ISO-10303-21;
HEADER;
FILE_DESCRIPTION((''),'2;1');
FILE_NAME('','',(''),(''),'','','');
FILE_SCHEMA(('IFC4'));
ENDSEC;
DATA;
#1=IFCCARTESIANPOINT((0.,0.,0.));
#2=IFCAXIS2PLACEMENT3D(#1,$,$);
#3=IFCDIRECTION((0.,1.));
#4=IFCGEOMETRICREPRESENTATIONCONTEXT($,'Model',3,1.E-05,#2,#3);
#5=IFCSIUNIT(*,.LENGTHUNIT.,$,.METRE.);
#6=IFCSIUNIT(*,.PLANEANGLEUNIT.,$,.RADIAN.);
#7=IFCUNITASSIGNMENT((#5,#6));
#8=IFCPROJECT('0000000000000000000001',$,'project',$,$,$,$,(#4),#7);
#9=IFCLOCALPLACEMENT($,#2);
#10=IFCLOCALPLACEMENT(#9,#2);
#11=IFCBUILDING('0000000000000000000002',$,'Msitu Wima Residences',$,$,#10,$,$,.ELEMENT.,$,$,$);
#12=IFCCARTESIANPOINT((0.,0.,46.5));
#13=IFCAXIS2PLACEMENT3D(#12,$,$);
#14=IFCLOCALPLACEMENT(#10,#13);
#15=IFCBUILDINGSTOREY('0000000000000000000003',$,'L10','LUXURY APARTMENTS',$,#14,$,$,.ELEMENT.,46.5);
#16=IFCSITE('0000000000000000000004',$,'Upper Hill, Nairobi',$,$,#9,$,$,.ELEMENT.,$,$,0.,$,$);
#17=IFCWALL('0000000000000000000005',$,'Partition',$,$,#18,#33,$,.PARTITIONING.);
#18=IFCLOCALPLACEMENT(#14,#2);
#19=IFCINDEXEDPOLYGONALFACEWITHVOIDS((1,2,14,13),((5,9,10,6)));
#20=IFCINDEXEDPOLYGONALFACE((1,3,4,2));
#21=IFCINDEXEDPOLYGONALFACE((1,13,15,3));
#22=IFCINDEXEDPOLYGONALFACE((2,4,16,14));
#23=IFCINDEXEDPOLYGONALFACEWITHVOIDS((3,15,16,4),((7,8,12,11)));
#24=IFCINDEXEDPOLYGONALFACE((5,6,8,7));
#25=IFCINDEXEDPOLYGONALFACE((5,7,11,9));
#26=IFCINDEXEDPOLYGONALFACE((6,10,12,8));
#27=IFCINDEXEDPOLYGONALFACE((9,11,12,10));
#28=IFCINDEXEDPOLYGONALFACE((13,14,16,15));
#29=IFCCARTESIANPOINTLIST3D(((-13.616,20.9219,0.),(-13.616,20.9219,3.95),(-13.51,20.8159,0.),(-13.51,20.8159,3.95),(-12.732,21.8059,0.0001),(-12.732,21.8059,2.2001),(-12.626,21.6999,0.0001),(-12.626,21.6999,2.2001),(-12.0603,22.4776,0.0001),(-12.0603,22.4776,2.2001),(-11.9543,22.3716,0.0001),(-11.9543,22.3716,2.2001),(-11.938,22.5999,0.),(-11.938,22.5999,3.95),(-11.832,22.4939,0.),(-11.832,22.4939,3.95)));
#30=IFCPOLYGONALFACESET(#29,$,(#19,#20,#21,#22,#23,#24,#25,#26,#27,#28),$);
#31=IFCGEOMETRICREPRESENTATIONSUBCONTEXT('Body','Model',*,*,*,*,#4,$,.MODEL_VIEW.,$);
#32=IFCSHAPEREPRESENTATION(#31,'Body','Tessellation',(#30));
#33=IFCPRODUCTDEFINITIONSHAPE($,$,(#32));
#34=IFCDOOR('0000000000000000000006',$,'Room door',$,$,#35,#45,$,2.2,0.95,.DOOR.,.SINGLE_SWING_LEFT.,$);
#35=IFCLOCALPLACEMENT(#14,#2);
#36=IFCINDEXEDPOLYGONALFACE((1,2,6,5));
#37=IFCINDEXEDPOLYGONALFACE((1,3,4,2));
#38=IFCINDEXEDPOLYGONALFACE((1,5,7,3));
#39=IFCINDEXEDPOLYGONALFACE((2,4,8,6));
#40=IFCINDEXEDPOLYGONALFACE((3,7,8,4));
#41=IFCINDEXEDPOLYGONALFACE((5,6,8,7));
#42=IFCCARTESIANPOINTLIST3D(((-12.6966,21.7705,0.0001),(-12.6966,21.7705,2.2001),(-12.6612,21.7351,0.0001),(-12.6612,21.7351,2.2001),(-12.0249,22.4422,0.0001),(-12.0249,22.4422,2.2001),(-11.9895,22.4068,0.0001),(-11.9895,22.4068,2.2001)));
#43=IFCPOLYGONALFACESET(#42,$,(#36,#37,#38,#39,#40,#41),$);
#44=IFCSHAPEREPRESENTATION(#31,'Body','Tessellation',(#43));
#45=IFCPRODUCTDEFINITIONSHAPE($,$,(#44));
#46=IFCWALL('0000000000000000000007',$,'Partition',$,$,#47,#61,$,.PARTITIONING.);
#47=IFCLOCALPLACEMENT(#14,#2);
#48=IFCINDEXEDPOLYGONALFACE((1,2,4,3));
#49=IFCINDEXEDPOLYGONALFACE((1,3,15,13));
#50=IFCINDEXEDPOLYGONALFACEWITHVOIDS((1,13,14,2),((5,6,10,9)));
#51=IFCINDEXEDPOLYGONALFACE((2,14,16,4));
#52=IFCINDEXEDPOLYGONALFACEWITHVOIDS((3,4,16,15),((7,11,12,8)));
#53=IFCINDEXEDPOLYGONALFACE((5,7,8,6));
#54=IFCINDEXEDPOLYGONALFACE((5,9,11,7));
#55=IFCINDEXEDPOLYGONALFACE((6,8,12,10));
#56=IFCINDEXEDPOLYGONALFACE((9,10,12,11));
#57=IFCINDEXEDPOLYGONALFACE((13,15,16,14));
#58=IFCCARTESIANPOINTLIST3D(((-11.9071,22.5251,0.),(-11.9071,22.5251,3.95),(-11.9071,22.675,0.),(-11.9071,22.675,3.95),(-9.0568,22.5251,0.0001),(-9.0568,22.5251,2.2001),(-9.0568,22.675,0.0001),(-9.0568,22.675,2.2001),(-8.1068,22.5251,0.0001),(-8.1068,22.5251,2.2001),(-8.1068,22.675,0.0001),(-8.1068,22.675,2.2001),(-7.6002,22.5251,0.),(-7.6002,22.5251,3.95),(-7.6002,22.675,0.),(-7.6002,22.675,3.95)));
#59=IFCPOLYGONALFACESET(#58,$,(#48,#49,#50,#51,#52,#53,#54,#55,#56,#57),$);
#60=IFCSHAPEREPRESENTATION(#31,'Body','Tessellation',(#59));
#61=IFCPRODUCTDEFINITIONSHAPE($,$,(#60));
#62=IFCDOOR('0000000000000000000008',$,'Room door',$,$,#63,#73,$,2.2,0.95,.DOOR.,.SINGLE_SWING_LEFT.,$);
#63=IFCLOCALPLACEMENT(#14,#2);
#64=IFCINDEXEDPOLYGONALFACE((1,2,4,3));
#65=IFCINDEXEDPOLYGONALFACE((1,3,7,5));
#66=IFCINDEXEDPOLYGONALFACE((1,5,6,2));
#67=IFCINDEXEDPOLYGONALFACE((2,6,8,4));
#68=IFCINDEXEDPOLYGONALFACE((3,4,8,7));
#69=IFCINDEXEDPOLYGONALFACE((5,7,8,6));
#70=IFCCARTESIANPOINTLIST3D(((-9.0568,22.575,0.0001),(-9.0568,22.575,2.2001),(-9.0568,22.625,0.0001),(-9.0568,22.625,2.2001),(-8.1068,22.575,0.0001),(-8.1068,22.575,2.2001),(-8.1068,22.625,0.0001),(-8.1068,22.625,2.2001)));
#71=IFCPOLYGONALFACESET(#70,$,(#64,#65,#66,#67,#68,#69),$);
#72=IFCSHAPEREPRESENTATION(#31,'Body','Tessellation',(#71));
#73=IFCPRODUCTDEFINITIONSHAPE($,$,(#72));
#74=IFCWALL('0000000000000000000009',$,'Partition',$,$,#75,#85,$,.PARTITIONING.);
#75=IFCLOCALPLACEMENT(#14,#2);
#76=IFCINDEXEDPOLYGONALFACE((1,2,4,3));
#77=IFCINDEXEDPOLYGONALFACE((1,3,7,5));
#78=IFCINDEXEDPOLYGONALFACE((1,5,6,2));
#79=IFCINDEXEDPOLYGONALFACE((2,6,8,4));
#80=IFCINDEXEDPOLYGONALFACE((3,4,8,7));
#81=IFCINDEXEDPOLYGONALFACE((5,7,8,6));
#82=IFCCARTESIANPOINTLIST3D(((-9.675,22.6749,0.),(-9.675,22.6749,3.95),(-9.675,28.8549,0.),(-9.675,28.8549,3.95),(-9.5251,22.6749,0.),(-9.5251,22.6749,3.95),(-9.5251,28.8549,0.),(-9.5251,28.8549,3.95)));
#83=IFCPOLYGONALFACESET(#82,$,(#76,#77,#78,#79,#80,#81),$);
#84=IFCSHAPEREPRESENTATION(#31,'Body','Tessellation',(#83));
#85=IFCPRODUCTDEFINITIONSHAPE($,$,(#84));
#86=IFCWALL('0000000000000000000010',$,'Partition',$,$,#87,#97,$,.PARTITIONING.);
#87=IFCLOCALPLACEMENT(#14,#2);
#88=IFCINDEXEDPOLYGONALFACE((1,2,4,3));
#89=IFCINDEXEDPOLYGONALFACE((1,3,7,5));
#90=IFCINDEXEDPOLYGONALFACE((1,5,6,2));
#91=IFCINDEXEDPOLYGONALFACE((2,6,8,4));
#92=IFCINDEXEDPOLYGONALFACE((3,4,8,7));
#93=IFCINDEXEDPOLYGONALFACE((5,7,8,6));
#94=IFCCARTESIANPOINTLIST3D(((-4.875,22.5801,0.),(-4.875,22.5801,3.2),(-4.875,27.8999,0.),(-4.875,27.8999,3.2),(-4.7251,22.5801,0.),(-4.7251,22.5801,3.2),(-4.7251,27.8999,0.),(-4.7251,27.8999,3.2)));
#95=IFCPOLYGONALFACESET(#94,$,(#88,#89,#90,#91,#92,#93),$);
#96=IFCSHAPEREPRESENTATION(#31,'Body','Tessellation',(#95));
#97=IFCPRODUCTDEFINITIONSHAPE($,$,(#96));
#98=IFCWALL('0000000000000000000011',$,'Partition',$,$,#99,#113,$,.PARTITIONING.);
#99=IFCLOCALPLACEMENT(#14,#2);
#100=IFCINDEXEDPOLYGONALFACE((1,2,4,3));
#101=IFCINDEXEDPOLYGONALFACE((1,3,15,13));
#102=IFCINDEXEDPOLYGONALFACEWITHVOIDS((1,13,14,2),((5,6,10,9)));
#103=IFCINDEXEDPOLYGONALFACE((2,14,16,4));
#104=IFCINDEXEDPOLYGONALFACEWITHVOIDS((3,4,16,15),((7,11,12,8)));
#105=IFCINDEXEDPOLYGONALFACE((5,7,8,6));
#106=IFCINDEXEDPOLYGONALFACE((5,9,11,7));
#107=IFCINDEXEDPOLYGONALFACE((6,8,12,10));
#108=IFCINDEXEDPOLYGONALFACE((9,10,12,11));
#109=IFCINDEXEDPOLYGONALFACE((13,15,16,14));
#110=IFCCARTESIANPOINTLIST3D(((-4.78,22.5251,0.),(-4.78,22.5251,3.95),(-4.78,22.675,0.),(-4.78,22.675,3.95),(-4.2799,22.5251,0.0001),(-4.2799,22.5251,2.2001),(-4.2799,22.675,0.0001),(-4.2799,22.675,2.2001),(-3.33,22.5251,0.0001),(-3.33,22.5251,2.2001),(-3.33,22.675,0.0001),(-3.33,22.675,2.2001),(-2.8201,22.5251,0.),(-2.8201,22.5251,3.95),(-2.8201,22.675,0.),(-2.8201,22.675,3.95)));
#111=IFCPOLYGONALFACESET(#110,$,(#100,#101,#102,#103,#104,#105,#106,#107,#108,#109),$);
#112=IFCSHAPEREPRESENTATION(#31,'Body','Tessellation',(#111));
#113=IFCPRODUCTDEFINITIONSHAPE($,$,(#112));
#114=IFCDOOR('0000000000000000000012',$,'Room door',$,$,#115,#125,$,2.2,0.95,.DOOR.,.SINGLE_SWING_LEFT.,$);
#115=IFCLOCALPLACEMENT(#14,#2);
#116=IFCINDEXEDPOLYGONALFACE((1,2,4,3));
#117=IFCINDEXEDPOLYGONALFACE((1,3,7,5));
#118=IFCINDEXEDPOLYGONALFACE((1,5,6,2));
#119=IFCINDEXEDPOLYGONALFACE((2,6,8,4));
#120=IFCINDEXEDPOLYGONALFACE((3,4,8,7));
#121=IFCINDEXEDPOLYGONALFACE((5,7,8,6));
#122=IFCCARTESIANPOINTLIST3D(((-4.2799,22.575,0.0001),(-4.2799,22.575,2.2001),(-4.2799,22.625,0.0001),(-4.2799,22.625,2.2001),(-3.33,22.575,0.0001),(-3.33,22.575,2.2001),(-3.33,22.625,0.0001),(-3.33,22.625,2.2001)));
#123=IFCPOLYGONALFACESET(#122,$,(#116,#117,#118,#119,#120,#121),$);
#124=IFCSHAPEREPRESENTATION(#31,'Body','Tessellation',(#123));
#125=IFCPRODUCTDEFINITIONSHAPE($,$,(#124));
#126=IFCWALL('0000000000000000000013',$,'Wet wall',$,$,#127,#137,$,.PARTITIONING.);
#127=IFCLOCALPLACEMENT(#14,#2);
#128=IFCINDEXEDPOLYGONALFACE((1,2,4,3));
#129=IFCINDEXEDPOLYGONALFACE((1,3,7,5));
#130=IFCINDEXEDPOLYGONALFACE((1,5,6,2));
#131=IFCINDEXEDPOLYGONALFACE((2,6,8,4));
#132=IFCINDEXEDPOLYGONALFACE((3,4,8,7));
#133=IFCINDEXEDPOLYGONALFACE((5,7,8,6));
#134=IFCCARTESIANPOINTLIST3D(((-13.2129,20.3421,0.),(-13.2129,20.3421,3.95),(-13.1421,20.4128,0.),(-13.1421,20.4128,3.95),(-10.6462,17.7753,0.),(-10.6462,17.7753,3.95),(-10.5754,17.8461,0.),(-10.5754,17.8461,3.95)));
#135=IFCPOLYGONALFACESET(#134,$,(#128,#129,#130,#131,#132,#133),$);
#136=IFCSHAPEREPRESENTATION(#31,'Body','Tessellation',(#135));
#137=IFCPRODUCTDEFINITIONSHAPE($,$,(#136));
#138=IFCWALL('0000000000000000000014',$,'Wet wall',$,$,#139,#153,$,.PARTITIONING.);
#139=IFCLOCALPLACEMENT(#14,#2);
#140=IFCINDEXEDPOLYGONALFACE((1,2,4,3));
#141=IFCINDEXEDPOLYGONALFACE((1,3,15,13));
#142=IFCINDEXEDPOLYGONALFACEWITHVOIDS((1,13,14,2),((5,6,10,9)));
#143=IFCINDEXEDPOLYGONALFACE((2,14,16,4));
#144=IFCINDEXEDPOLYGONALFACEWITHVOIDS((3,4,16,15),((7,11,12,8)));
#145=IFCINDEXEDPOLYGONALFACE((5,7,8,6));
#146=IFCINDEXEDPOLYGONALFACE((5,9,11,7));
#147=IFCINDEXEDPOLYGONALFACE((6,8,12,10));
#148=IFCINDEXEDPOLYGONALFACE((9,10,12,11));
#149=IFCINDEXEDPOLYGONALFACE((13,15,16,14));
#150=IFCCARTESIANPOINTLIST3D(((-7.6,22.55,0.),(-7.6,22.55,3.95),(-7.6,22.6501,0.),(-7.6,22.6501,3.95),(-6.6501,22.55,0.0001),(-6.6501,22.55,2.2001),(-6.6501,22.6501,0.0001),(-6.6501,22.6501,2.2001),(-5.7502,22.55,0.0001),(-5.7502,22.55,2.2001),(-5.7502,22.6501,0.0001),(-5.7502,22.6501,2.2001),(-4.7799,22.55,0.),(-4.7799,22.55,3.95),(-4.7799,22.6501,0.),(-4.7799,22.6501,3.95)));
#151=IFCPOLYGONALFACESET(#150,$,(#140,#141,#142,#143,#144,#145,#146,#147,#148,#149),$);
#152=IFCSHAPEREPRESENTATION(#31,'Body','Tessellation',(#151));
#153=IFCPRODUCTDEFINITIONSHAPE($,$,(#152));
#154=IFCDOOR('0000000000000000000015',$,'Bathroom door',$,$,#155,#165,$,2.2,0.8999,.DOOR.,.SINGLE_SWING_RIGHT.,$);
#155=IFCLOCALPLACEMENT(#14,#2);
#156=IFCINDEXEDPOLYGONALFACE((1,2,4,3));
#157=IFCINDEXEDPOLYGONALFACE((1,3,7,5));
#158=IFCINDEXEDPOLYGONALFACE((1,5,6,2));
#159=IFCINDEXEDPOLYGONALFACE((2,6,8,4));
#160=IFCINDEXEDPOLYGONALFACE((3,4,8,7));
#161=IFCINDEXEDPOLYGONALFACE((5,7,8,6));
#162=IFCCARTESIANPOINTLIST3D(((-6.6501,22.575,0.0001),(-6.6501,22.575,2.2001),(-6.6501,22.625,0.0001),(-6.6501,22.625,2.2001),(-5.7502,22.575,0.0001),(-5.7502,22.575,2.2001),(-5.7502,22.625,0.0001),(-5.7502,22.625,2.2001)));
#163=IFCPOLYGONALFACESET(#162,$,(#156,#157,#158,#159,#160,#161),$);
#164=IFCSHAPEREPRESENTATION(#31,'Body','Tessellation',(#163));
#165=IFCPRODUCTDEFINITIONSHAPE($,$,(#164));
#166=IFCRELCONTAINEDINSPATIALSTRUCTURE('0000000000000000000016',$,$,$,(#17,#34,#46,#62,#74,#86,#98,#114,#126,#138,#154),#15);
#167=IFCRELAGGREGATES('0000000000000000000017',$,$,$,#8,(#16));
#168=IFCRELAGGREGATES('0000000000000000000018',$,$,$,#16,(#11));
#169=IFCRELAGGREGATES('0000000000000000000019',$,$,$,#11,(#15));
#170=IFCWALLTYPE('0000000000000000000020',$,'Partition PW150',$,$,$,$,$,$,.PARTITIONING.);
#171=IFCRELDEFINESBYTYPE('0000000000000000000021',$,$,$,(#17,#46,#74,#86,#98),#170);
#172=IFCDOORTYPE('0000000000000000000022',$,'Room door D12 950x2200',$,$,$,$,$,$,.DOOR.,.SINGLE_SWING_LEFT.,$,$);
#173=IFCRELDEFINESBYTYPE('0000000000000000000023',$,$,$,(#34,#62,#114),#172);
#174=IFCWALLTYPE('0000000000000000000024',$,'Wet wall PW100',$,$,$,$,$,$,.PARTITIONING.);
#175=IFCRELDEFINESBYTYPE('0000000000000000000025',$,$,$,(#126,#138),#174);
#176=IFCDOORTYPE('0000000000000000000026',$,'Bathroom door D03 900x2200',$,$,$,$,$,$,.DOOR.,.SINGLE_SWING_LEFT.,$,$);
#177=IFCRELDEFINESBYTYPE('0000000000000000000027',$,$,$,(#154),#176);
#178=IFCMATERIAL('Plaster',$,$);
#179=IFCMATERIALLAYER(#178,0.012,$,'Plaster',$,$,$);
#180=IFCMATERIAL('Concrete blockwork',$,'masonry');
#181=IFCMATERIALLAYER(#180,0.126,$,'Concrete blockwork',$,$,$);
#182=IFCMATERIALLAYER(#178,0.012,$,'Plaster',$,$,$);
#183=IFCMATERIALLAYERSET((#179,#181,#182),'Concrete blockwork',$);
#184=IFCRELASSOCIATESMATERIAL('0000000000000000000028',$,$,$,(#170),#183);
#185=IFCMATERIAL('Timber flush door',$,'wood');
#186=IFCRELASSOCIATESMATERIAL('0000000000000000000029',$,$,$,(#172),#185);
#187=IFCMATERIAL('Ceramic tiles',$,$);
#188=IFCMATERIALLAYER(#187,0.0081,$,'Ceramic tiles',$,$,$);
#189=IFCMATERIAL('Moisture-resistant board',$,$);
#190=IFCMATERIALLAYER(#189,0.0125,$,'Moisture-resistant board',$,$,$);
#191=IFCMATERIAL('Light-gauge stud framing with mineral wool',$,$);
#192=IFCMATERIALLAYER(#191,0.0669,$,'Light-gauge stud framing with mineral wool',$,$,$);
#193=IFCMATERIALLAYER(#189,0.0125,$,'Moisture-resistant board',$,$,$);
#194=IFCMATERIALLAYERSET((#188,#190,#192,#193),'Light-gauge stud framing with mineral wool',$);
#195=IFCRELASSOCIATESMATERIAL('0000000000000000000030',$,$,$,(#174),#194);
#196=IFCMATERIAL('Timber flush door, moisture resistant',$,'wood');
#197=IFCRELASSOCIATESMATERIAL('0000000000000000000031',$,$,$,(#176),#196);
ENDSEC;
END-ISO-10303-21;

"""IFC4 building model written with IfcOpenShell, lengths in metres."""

from ifc_helpers import new_model, si_unit, direction, frame, frame_2d, origin, place, context, subcontext, project, spatial, rectangle, extrude, material, layer, layer_set, type_object, element, fill, save


model = new_model("IFC4")

# Units and contexts
model_context = context("Model", 3, precision=1e-05, world=origin(), true_north=direction((0.0, 1.0)))
body_context = subcontext(model_context, "Body", "Model", "MODEL_VIEW")
ifc_project = project(units=[si_unit("LENGTHUNIT", "METRE"), si_unit("PLANEANGLEUNIT", "RADIAN")], contexts=[model_context])

# Site, building, storey
site_placement = place(None, origin())
site = spatial("IfcSite", under=ifc_project, at=site_placement, Name="Upper Hill, Nairobi", CompositionType="ELEMENT", RefElevation=0.0)
building_placement = place(site_placement, origin())
building = spatial("IfcBuilding", under=site, at=building_placement, Name="Msitu Wima Residences", CompositionType="ELEMENT")
storey_placement = place(building_placement, frame((0.0, 0.0, 46.5)))
storey = spatial("IfcBuildingStorey", under=building, at=storey_placement, Name="L10", Description="LUXURY APARTMENTS", CompositionType="ELEMENT", Elevation=46.5)

# Walls, openings, doors
ifc_material_1 = material(Name="Plaster")
ifc_layer_1 = layer(ifc_material_1, 0.012, Name="Plaster")
ifc_material_2 = material(Name="Concrete blockwork", Category="masonry")
ifc_layer_2 = layer(ifc_material_2, 0.126, Name="Concrete blockwork")
ifc_layer_3 = layer(ifc_material_1, 0.012, Name="Plaster")
ifc_layer_set_1 = layer_set([ifc_layer_1, ifc_layer_2, ifc_layer_3], Name="Concrete blockwork")
wall_type_1 = type_object("IfcWallType", Name="Partition PW150", PredefinedType="PARTITIONING", material=ifc_layer_set_1)
wall_1_placement = place(storey_placement, frame((-13.563, 20.8689, 0.0), z_axis=(0.0, 0.0, 1.0), x_axis=(0.707107, 0.707107, 0.0)))
wall_1 = element("IfcWall", 1, at=wall_1_placement, inside=storey, type_object=wall_type_1, Name="Partition", PredefinedType="PARTITIONING", context=body_context, shape_type="SweptSolid", body=[
    extrude(rectangle(XDim=2.373, YDim=0.1499, at=frame_2d((1.1865, 0.0))), origin(), (0.0, 0.0, 1.0), 3.95),
])
opening_1_placement = place(wall_1_placement, frame((1.25, 0.0, 0.0)))
opening_1 = element("IfcOpeningElement", 2, at=opening_1_placement, cuts=wall_1, PredefinedType="OPENING", context=body_context, shape_type="SweptSolid", body=[
    extrude(rectangle(XDim=0.95, YDim=2.2, at=frame_2d((0.4751, 1.1001))), frame((0.0, 0.085, 0.0), z_axis=(0.0, -1.0, 0.0), x_axis=(1.0, 0.0, 0.0)), (0.0, 0.0, 1.0), 0.1699),
])
ifc_material_3 = material(Name="Timber flush door", Category="wood")
door_type_1 = type_object("IfcDoorType", Name="Room door D12 950x2200", OperationType="SINGLE_SWING_LEFT", PredefinedType="DOOR", material=ifc_material_3)
door_1_placement = place(opening_1_placement, origin())
door_1 = element("IfcDoor", 3, at=door_1_placement, inside=storey, type_object=door_type_1, Name="Room door", OperationType="SINGLE_SWING_LEFT", OverallHeight=2.2, OverallWidth=0.95, PredefinedType="DOOR", context=body_context, shape_type="SweptSolid", body=[
    extrude(rectangle(XDim=0.95, YDim=2.2, at=frame_2d((0.4751, 1.1001))), frame((0.0, 0.0249, 0.0), z_axis=(0.0, -1.0, 0.0), x_axis=(1.0, 0.0, 0.0)), (0.0, 0.0, 1.0), 0.05),
])
fill(opening_1, door_1)
wall_2_placement = place(storey_placement, frame((-11.907, 22.6001, 0.0), z_axis=(0.0, 0.0, 1.0), x_axis=(1.0, 0.0, 0.0)))
wall_2 = element("IfcWall", 4, at=wall_2_placement, inside=storey, type_object=wall_type_1, Name="Partition", PredefinedType="PARTITIONING", context=body_context, shape_type="SweptSolid", body=[
    extrude(rectangle(XDim=4.3069, YDim=0.1499, at=frame_2d((2.1533, 0.0))), origin(), (0.0, 0.0, 1.0), 3.95),
])
opening_2_placement = place(wall_2_placement, frame((2.8501, 0.0, 0.0)))
opening_2 = element("IfcOpeningElement", 5, at=opening_2_placement, cuts=wall_2, PredefinedType="OPENING", context=body_context, shape_type="SweptSolid", body=[
    extrude(rectangle(XDim=0.95, YDim=2.2, at=frame_2d((0.4751, 1.1001))), frame((0.0, 0.085, 0.0), z_axis=(0.0, -1.0, 0.0), x_axis=(1.0, 0.0, 0.0)), (0.0, 0.0, 1.0), 0.1699),
])
door_2_placement = place(opening_2_placement, origin())
door_2 = element("IfcDoor", 6, at=door_2_placement, inside=storey, type_object=door_type_1, Name="Room door", OperationType="SINGLE_SWING_LEFT", OverallHeight=2.2, OverallWidth=0.95, PredefinedType="DOOR", context=body_context, shape_type="SweptSolid", body=[
    extrude(rectangle(XDim=0.95, YDim=2.2, at=frame_2d((0.4751, 1.1001))), frame((0.0, 0.0249, 0.0), z_axis=(0.0, -1.0, 0.0), x_axis=(1.0, 0.0, 0.0)), (0.0, 0.0, 1.0), 0.05),
])
fill(opening_2, door_2)

# Walls
wall_3_placement = place(storey_placement, frame((-9.6001, 22.675, 0.0), z_axis=(0.0, 0.0, 1.0), x_axis=(0.0, 1.0, 0.0)))
element("IfcWall", 7, at=wall_3_placement, inside=storey, type_object=wall_type_1, Name="Partition", PredefinedType="PARTITIONING", context=body_context, shape_type="SweptSolid", body=[
    extrude(rectangle(XDim=6.1799, YDim=0.1499, at=frame_2d((3.0898, 0.0))), origin(), (0.0, 0.0, 1.0), 3.95),
])
wall_4_placement = place(storey_placement, frame((-4.8, 22.5801, 0.0), z_axis=(0.0, 0.0, 1.0), x_axis=(0.0, 1.0, 0.0)))
element("IfcWall", 8, at=wall_4_placement, inside=storey, type_object=wall_type_1, Name="Partition", PredefinedType="PARTITIONING", context=body_context, shape_type="SweptSolid", body=[
    extrude(rectangle(XDim=5.3198, YDim=0.1499, at=frame_2d((2.6599, 0.0))), origin(), (0.0, 0.0, 1.0), 3.2),
])

# Wall, opening, door
wall_5_placement = place(storey_placement, frame((-4.78, 22.6001, 0.0), z_axis=(0.0, 0.0, 1.0), x_axis=(1.0, 0.0, 0.0)))
wall_5 = element("IfcWall", 9, at=wall_5_placement, inside=storey, type_object=wall_type_1, Name="Partition", PredefinedType="PARTITIONING", context=body_context, shape_type="SweptSolid", body=[
    extrude(rectangle(XDim=1.96, YDim=0.1499, at=frame_2d((0.98, 0.0))), origin(), (0.0, 0.0, 1.0), 3.95),
])
opening_3_placement = place(wall_5_placement, frame((0.5, 0.0, 0.0)))
opening_3 = element("IfcOpeningElement", 10, at=opening_3_placement, cuts=wall_5, PredefinedType="OPENING", context=body_context, shape_type="SweptSolid", body=[
    extrude(rectangle(XDim=0.95, YDim=2.2, at=frame_2d((0.4751, 1.1001))), frame((0.0, 0.085, 0.0), z_axis=(0.0, -1.0, 0.0), x_axis=(1.0, 0.0, 0.0)), (0.0, 0.0, 1.0), 0.1699),
])
door_3_placement = place(opening_3_placement, origin())
door_3 = element("IfcDoor", 11, at=door_3_placement, inside=storey, type_object=door_type_1, Name="Room door", OperationType="SINGLE_SWING_LEFT", OverallHeight=2.2, OverallWidth=0.95, PredefinedType="DOOR", context=body_context, shape_type="SweptSolid", body=[
    extrude(rectangle(XDim=0.95, YDim=2.2, at=frame_2d((0.4751, 1.1001))), frame((0.0, 0.0249, 0.0), z_axis=(0.0, -1.0, 0.0), x_axis=(1.0, 0.0, 0.0)), (0.0, 0.0, 1.0), 0.05),
])
fill(opening_3, door_3)

# Wall
ifc_material_4 = material(Name="Ceramic tiles")
ifc_layer_4 = layer(ifc_material_4, 0.0081, Name="Ceramic tiles")
ifc_material_5 = material(Name="Moisture-resistant board")
ifc_layer_5 = layer(ifc_material_5, 0.0125, Name="Moisture-resistant board")
ifc_material_6 = material(Name="Light-gauge stud framing with mineral wool")
ifc_layer_6 = layer(ifc_material_6, 0.0669, Name="Light-gauge stud framing with mineral wool")
ifc_layer_7 = layer(ifc_material_5, 0.0125, Name="Moisture-resistant board")
ifc_layer_set_2 = layer_set([ifc_layer_4, ifc_layer_5, ifc_layer_6, ifc_layer_7], Name="Light-gauge stud framing with mineral wool")
wall_type_2 = type_object("IfcWallType", Name="Wet wall PW100", PredefinedType="PARTITIONING", material=ifc_layer_set_2)
wall_6_placement = place(storey_placement, frame((-13.1775, 20.3774, 0.0), z_axis=(0.0, 0.0, 1.0), x_axis=(0.707107, -0.707107, 0.0)))
element("IfcWall", 12, at=wall_6_placement, inside=storey, type_object=wall_type_2, Name="Wet wall", PredefinedType="PARTITIONING", context=body_context, shape_type="SweptSolid", body=[
    extrude(rectangle(XDim=3.6299, YDim=0.1001, at=frame_2d((1.8149, 0.0))), origin(), (0.0, 0.0, 1.0), 3.95),
])

# Wall, opening, door
wall_7_placement = place(storey_placement, frame((-7.6001, 22.6001, 0.0), z_axis=(0.0, 0.0, 1.0), x_axis=(1.0, 0.0, 0.0)))
wall_7 = element("IfcWall", 13, at=wall_7_placement, inside=storey, type_object=wall_type_2, Name="Wet wall", PredefinedType="PARTITIONING", context=body_context, shape_type="SweptSolid", body=[
    extrude(rectangle(XDim=2.8201, YDim=0.1001, at=frame_2d((1.4102, 0.0))), origin(), (0.0, 0.0, 1.0), 3.95),
])
opening_4_placement = place(wall_7_placement, frame((0.95, 0.0, 0.0)))
opening_4 = element("IfcOpeningElement", 14, at=opening_4_placement, cuts=wall_7, PredefinedType="OPENING", context=body_context, shape_type="SweptSolid", body=[
    extrude(rectangle(XDim=0.8999, YDim=2.2, at=frame_2d((0.45, 1.1001))), frame((0.0, 0.0601, 0.0), z_axis=(0.0, -1.0, 0.0), x_axis=(1.0, 0.0, 0.0)), (0.0, 0.0, 1.0), 0.1201),
])
ifc_material_7 = material(Name="Timber flush door, moisture resistant", Category="wood")
door_type_2 = type_object("IfcDoorType", Name="Bathroom door D03 900x2200", OperationType="SINGLE_SWING_LEFT", PredefinedType="DOOR", material=ifc_material_7)
door_4_placement = place(opening_4_placement, origin())
door_4 = element("IfcDoor", 15, at=door_4_placement, inside=storey, type_object=door_type_2, Name="Bathroom door", OperationType="SINGLE_SWING_RIGHT", OverallHeight=2.2, OverallWidth=0.8999, PredefinedType="DOOR", context=body_context, shape_type="SweptSolid", body=[
    extrude(rectangle(XDim=0.8999, YDim=2.2, at=frame_2d((0.45, 1.1001))), frame((0.0, 0.0249, 0.0), z_axis=(0.0, -1.0, 0.0), x_axis=(1.0, 0.0, 0.0)), (0.0, 0.0, 1.0), 0.05),
])
fill(opening_4, door_4)

save(model, "model.ifc")
